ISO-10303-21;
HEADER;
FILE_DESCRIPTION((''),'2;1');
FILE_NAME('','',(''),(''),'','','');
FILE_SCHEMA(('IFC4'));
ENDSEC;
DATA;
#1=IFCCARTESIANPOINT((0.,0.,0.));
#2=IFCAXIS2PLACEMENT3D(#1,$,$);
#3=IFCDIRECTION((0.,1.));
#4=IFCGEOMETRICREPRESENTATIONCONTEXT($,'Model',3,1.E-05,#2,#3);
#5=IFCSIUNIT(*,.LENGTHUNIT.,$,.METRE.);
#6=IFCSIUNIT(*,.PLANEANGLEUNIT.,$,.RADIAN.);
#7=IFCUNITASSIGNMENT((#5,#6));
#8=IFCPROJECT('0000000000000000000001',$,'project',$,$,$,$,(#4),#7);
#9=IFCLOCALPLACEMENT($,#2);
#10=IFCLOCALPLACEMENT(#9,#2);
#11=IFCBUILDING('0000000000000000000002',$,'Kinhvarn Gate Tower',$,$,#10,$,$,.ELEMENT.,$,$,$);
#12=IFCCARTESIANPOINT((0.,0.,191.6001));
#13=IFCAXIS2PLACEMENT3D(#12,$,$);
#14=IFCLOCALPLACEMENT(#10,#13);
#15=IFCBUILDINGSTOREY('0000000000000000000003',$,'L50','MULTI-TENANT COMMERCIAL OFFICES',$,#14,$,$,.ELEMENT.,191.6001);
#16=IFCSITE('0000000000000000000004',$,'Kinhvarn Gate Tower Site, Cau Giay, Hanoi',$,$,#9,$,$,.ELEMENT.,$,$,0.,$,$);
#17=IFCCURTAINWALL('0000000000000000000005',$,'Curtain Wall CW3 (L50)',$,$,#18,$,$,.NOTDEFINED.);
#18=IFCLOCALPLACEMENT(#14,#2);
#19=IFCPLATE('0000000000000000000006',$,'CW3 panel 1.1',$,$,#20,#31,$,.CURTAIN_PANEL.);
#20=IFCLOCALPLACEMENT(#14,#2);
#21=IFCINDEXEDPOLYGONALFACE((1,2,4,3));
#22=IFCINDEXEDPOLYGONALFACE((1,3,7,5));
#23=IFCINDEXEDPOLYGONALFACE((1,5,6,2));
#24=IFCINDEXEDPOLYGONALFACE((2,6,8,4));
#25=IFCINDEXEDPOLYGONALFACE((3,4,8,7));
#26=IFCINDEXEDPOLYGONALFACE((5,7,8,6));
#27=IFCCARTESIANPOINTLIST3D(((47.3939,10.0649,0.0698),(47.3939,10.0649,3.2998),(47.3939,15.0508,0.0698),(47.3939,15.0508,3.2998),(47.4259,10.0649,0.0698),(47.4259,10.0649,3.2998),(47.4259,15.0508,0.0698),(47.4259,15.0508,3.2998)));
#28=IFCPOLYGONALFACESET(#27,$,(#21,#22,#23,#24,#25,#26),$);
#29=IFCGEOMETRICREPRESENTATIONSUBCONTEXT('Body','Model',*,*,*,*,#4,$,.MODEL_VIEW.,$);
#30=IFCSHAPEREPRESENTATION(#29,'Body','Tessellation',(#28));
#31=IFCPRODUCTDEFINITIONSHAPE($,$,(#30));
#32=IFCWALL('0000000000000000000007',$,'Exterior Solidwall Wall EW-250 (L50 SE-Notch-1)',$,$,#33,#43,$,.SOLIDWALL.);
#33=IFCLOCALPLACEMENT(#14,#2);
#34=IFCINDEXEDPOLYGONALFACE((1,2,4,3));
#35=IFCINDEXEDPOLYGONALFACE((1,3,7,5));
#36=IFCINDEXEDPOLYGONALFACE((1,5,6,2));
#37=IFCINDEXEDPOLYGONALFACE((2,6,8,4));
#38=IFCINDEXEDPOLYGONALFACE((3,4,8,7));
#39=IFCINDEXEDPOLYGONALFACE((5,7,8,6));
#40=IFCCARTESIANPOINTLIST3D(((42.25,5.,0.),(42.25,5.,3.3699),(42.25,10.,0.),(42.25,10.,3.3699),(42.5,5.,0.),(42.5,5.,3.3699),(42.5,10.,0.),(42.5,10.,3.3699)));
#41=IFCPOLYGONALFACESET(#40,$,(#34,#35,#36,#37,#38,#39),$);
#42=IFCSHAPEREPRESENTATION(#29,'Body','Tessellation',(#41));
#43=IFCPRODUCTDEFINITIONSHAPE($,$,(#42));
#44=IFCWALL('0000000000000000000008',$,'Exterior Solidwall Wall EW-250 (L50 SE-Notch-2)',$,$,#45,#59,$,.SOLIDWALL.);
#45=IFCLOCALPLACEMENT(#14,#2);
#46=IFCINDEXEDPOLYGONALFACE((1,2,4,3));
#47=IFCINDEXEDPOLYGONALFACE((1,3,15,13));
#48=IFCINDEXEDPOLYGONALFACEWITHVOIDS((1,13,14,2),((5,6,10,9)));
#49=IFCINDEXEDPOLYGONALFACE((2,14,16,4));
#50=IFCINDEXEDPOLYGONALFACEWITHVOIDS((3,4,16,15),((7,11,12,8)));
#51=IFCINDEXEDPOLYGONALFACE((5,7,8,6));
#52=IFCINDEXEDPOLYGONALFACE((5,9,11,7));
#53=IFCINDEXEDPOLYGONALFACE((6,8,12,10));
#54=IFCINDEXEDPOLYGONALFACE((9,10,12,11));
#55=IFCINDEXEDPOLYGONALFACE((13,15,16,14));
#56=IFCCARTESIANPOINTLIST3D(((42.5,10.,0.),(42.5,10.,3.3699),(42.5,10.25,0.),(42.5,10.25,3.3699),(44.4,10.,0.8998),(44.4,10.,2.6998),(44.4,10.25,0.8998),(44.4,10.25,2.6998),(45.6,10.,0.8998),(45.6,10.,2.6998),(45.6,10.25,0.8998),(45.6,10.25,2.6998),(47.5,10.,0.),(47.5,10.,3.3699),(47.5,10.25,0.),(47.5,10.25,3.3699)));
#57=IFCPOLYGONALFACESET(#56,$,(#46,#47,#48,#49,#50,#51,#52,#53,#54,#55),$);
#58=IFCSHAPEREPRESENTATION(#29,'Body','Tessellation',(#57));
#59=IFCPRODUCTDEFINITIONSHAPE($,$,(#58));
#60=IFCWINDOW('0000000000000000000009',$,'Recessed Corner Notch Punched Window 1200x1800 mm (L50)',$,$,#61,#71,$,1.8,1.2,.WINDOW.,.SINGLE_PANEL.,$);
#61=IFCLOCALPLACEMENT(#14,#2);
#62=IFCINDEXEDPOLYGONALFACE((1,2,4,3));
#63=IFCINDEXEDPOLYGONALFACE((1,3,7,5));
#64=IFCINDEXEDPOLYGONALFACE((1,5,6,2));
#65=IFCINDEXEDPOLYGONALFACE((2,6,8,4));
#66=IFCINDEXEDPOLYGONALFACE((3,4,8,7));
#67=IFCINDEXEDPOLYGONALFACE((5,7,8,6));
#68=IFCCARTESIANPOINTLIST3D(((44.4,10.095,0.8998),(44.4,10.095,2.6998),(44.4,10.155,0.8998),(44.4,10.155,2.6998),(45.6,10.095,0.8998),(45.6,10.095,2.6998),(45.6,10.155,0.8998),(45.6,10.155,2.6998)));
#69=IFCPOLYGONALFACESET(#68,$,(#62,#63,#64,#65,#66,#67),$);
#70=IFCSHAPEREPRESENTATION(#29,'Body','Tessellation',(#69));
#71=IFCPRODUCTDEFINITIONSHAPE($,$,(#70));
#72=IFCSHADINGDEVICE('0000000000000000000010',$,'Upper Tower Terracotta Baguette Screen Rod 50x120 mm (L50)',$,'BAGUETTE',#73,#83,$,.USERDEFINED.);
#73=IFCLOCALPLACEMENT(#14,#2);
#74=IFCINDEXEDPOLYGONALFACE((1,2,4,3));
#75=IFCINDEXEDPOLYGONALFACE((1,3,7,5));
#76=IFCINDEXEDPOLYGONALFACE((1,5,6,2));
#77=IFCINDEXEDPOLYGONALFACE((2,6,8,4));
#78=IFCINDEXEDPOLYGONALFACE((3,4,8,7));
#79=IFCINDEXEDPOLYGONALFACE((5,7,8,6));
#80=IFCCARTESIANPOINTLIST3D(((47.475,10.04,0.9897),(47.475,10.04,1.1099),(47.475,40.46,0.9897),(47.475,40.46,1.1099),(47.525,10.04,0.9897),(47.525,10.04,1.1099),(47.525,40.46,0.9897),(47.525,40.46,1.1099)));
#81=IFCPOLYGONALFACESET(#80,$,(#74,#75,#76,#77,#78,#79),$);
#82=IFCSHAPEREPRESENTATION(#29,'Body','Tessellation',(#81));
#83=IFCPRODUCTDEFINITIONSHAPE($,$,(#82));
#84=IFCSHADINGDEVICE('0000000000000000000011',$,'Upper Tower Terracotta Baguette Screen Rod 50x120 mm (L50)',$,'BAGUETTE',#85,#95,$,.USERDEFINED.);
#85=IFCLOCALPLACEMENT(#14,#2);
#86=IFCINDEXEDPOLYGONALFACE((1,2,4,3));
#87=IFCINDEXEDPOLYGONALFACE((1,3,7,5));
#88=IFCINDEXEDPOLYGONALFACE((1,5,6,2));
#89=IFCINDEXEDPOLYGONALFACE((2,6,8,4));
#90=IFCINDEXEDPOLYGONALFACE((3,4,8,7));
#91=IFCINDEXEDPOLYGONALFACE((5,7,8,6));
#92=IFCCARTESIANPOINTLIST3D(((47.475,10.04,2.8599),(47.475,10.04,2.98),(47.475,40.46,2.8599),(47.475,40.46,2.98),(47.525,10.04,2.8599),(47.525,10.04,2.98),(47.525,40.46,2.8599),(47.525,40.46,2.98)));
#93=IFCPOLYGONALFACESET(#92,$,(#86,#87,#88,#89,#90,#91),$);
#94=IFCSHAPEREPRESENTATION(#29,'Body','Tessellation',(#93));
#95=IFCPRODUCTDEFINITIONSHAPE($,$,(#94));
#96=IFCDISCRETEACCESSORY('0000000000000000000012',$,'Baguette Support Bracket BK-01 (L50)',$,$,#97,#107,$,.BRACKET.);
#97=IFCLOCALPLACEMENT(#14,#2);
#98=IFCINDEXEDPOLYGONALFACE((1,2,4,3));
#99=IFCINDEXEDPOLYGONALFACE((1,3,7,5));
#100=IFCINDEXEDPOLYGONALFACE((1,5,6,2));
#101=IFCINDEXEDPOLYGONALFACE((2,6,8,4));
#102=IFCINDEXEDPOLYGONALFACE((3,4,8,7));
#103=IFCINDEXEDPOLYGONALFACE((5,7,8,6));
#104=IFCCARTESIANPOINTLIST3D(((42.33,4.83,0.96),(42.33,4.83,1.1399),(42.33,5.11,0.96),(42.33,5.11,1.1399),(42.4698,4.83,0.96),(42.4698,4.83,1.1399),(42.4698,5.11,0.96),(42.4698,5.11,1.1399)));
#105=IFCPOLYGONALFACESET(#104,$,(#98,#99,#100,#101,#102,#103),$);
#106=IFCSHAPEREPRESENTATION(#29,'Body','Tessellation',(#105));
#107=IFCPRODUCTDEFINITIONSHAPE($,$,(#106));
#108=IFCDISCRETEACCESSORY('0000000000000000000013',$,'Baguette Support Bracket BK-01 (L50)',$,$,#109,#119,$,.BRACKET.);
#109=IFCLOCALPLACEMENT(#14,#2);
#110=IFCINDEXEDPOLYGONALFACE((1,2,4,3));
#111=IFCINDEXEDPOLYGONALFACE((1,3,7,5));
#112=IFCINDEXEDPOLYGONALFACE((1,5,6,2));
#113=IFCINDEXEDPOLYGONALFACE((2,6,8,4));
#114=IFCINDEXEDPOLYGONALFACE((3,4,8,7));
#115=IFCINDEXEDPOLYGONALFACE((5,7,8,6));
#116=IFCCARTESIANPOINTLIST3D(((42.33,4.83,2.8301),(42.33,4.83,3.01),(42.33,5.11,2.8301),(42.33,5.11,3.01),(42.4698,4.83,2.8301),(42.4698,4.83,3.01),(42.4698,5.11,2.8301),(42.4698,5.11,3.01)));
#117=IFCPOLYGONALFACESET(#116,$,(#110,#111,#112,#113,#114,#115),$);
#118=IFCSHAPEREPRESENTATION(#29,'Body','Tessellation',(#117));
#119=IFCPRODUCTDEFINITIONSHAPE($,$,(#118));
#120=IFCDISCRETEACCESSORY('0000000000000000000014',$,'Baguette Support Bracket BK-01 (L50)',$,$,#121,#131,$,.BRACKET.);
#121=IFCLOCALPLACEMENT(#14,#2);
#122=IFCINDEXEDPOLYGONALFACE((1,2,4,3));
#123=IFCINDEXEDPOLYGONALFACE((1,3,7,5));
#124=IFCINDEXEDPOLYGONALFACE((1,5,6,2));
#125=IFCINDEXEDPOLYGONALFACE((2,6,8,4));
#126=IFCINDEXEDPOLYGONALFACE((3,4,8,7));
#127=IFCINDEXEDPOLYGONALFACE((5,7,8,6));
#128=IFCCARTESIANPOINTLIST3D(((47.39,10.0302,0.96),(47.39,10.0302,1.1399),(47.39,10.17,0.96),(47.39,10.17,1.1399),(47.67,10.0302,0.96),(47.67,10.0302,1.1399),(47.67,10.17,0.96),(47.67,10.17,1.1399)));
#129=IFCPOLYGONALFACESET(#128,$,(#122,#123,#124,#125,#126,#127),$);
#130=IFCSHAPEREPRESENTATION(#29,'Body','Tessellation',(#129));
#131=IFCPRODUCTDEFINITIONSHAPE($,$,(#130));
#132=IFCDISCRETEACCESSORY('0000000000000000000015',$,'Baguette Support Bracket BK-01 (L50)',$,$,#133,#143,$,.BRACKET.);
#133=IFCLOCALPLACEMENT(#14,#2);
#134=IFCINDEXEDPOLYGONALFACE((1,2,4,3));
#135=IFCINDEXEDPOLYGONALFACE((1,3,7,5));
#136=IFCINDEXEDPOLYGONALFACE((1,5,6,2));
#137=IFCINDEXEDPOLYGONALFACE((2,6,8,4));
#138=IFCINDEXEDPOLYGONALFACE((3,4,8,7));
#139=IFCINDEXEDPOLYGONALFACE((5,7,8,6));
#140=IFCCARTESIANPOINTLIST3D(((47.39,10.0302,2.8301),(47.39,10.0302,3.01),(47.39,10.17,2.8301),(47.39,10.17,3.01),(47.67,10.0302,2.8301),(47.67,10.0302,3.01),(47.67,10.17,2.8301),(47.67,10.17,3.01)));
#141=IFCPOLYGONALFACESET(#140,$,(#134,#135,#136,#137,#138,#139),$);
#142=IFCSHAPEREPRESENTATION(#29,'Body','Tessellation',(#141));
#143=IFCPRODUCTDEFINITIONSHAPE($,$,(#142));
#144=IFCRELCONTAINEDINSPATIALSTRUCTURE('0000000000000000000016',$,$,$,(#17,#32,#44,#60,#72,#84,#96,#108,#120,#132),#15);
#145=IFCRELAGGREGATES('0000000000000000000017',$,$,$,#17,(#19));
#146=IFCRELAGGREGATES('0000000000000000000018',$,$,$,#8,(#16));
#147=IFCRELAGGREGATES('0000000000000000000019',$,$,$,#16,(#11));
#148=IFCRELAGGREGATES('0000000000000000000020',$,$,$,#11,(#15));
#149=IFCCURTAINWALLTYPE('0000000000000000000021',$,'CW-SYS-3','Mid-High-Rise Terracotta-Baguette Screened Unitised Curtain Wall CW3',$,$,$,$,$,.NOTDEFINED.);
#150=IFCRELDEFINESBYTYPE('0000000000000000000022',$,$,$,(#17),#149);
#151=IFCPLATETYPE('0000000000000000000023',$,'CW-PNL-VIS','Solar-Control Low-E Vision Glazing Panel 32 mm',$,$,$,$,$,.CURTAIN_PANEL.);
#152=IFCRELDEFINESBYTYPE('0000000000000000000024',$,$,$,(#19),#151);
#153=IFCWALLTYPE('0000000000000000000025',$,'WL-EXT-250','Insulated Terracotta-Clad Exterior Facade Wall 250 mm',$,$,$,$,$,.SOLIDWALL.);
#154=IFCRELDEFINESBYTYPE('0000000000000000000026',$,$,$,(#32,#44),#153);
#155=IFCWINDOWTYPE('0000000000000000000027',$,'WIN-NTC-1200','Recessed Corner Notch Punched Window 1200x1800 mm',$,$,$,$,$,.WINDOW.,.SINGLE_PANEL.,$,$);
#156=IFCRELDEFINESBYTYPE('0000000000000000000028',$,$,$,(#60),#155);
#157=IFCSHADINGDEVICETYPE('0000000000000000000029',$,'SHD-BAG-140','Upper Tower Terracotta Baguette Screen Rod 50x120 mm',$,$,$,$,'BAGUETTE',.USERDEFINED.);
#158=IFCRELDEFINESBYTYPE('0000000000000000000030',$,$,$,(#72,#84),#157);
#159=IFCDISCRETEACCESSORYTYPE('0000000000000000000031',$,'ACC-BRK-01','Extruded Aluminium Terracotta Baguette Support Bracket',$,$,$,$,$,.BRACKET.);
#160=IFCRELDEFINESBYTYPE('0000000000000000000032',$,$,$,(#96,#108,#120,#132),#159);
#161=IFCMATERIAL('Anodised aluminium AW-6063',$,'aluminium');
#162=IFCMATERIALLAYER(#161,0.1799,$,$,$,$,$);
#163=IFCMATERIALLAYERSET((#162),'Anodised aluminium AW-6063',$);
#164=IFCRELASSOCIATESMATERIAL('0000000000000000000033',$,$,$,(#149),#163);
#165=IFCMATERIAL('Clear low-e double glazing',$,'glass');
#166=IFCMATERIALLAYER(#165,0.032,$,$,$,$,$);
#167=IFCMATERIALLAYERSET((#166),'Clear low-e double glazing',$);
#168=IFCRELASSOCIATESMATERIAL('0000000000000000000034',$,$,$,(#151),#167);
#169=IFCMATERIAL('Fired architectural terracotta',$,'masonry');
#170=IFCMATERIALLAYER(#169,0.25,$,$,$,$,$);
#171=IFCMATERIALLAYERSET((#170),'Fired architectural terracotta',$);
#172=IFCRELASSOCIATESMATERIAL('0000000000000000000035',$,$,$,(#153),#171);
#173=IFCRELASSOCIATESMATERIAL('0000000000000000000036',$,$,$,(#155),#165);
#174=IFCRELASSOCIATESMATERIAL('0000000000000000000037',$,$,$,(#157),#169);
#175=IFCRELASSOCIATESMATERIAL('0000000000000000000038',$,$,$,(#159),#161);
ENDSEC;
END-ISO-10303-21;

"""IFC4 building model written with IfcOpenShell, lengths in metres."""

from ifc_helpers import new_model, si_unit, direction, frame, frame_2d, origin, origin_2d, place, context, subcontext, project, spatial, rectangle, extrude, material, layer, layer_set, material_profile, profile_set, type_object, element, fill, aggregate, save


model = new_model("IFC4")

# Units and contexts
model_context = context("Model", 3, precision=1e-05, world=origin(), true_north=direction((0.0, 1.0)))
body_context = subcontext(model_context, "Body", "Model", "MODEL_VIEW")
ifc_project = project(units=[si_unit("LENGTHUNIT", "METRE"), si_unit("PLANEANGLEUNIT", "RADIAN")], contexts=[model_context])

# Site, building, storey
site_placement = place(None, origin())
site = spatial("IfcSite", under=ifc_project, at=site_placement, Name="Kinhvarn Gate Tower Site, Cau Giay, Hanoi", CompositionType="ELEMENT", RefElevation=0.0)
building_placement = place(site_placement, origin())
building = spatial("IfcBuilding", under=site, at=building_placement, Name="Kinhvarn Gate Tower", CompositionType="ELEMENT")
storey_placement = place(building_placement, frame((0.0, 0.0, 191.6001)))
storey = spatial("IfcBuildingStorey", under=building, at=storey_placement, Name="L50", Description="MULTI-TENANT COMMERCIAL OFFICES", CompositionType="ELEMENT", Elevation=191.6001)

# Shared definitions
ifc_material_1 = material(Name="Anodised aluminium AW-6063", Category="aluminium")
ifc_layer_1 = layer(ifc_material_1, 0.1799)
ifc_layer_set_1 = layer_set([ifc_layer_1], Name="Anodised aluminium AW-6063")
curtain_wall_type = type_object("IfcCurtainWallType", Name="CW-SYS-3", Description="Mid-High-Rise Terracotta-Baguette Screened Unitised Curtain Wall CW3", PredefinedType="NOTDEFINED", material=ifc_layer_set_1)

# Curtain wall
curtain_wall_1_placement = place(storey_placement, origin())
curtain_wall_1 = element("IfcCurtainWall", 1, at=curtain_wall_1_placement, inside=storey, type_object=curtain_wall_type, Name="Curtain Wall CW3 (L50)", PredefinedType="NOTDEFINED")

# Plate
ifc_material_2 = material(Name="Clear low-e double glazing", Category="glass")
ifc_layer_2 = layer(ifc_material_2, 0.032)
ifc_layer_set_2 = layer_set([ifc_layer_2], Name="Clear low-e double glazing")
plate_type = type_object("IfcPlateType", Name="CW-PNL-VIS", Description="Solar-Control Low-E Vision Glazing Panel 32 mm", PredefinedType="CURTAIN_PANEL", material=ifc_layer_set_2)
plate_1_placement = place(storey_placement, frame((47.4099, 12.5579, 0.0698), z_axis=(0.0, 0.0, 1.0), x_axis=(0.0, 1.0, 0.0)))
plate_1 = element("IfcPlate", 2, at=plate_1_placement, type_object=plate_type, Name="CW3 panel 1.1", PredefinedType="CURTAIN_PANEL", context=body_context, shape_type="SweptSolid", body=[
    extrude(rectangle(XDim=4.9858, YDim=0.032, at=origin_2d()), origin(), (0.0, 0.0, 1.0), 3.23),
])
aggregate(curtain_wall_1, [plate_1])

# Wall
ifc_material_3 = material(Name="Fired architectural terracotta", Category="masonry")
ifc_layer_3 = layer(ifc_material_3, 0.25)
ifc_layer_set_3 = layer_set([ifc_layer_3], Name="Fired architectural terracotta")
wall_type = type_object("IfcWallType", Name="WL-EXT-250", Description="Insulated Terracotta-Clad Exterior Facade Wall 250 mm", PredefinedType="SOLIDWALL", material=ifc_layer_set_3)
wall_1_placement = place(storey_placement, frame((42.375, 5.0, 0.0), z_axis=(0.0, 0.0, 1.0), x_axis=(0.0, 1.0, 0.0)))
element("IfcWall", 3, at=wall_1_placement, inside=storey, type_object=wall_type, Name="Exterior Solidwall Wall EW-250 (L50 SE-Notch-1)", PredefinedType="SOLIDWALL", context=body_context, shape_type="SweptSolid", body=[
    extrude(rectangle(XDim=5.0, YDim=0.25, at=frame_2d((2.5, 0.0))), origin(), (0.0, 0.0, 1.0), 3.3699),
])

# Wall, opening, window
wall_2_placement = place(storey_placement, frame((42.5, 10.125, 0.0), z_axis=(0.0, 0.0, 1.0), x_axis=(1.0, 0.0, 0.0)))
wall_2 = element("IfcWall", 4, at=wall_2_placement, inside=storey, type_object=wall_type, Name="Exterior Solidwall Wall EW-250 (L50 SE-Notch-2)", PredefinedType="SOLIDWALL", context=body_context, shape_type="SweptSolid", body=[
    extrude(rectangle(XDim=5.0, YDim=0.25, at=frame_2d((2.5, 0.0))), origin(), (0.0, 0.0, 1.0), 3.3699),
])
opening_placement = place(wall_2_placement, frame((1.8999, 0.0, 0.8999)))
opening = element("IfcOpeningElement", 5, at=opening_placement, cuts=wall_2, PredefinedType="OPENING", context=body_context, shape_type="SweptSolid", body=[
    extrude(rectangle(XDim=1.2, YDim=1.8, at=frame_2d((0.6001, 0.8999))), frame((0.0, 0.135, 0.0), z_axis=(0.0, -1.0, 0.0), x_axis=(1.0, 0.0, 0.0)), (0.0, 0.0, 1.0), 0.27),
])
window_type = type_object("IfcWindowType", Name="WIN-NTC-1200", Description="Recessed Corner Notch Punched Window 1200x1800 mm", PartitioningType="SINGLE_PANEL", PredefinedType="WINDOW", material=ifc_material_2)
window_placement = place(opening_placement, origin())
window = element("IfcWindow", 6, at=window_placement, inside=storey, type_object=window_type, Name="Recessed Corner Notch Punched Window 1200x1800 mm (L50)", OverallHeight=1.8, OverallWidth=1.2, PartitioningType="SINGLE_PANEL", PredefinedType="WINDOW", context=body_context, shape_type="SweptSolid", body=[
    extrude(rectangle(XDim=1.2, YDim=1.8, at=frame_2d((0.6001, 0.8999))), frame((0.0, 0.03, 0.0), z_axis=(0.0, -1.0, 0.0), x_axis=(1.0, 0.0, 0.0)), (0.0, 0.0, 1.0), 0.0601),
])
fill(opening, window)

# Shading devices
ifc_material_profile_1 = material_profile(ifc_material_3, rectangle(XDim=0.05, YDim=0.1201, at=origin_2d()), Name="TC 50x120")
ifc_profile_set_1 = profile_set([ifc_material_profile_1], Name="Fired architectural terracotta")
shading_device_type = type_object("IfcShadingDeviceType", Name="SHD-BAG-140", Description="Upper Tower Terracotta Baguette Screen Rod 50x120 mm", ElementType="BAGUETTE", PredefinedType="USERDEFINED", material=ifc_profile_set_1)
for number, where, z_axis, x_axis, name in (
    (7, (47.5, 10.04, 1.0498), (0.0, 1.0, 0.0), (-1.0, 0.0, 0.0), "Upper Tower Terracotta Baguette Screen Rod 50x120 mm (L50)"),
    (8, (47.5, 10.04, 2.9199), (0.0, 1.0, 0.0), (-1.0, 0.0, 0.0), "Upper Tower Terracotta Baguette Screen Rod 50x120 mm (L50)"),
):
    element("IfcShadingDevice", number, at=place(storey_placement, frame(where, z_axis=z_axis, x_axis=x_axis)), inside=storey, type_object=shading_device_type, Name=name, ObjectType="BAGUETTE", PredefinedType="USERDEFINED", context=body_context, shape_type="SweptSolid", body=[
        extrude(rectangle(XDim=0.05, YDim=0.1201, at=origin_2d()), origin(), (0.0, 0.0, 1.0), 30.4199),
    ])

# Discrete accessories
discrete_accessory_type = type_object("IfcDiscreteAccessoryType", Name="ACC-BRK-01", Description="Extruded Aluminium Terracotta Baguette Support Bracket", PredefinedType="BRACKET", material=ifc_material_1)
for number, where, z_axis, x_axis, name in (
    (9, (42.3999, 4.97, 0.96), (0.0, 0.0, 1.0), (1.0, 0.0, 0.0), "Baguette Support Bracket BK-01 (L50)"),
    (10, (42.3999, 4.97, 2.8301), (0.0, 0.0, 1.0), (1.0, 0.0, 0.0), "Baguette Support Bracket BK-01 (L50)"),
    (11, (47.53, 10.1001, 0.96), (0.0, 0.0, 1.0), (0.0, 1.0, 0.0), "Baguette Support Bracket BK-01 (L50)"),
    (12, (47.53, 10.1001, 2.8301), (0.0, 0.0, 1.0), (0.0, 1.0, 0.0), "Baguette Support Bracket BK-01 (L50)"),
):
    element("IfcDiscreteAccessory", number, at=place(storey_placement, frame(where, z_axis=z_axis, x_axis=x_axis)), inside=storey, type_object=discrete_accessory_type, Name=name, PredefinedType="BRACKET", context=body_context, shape_type="SweptSolid", body=[
        extrude(rectangle(XDim=0.1399, YDim=0.28, at=origin_2d()), origin(), (0.0, 0.0, 1.0), 0.1799),
    ])

save(model, "model.ifc")
